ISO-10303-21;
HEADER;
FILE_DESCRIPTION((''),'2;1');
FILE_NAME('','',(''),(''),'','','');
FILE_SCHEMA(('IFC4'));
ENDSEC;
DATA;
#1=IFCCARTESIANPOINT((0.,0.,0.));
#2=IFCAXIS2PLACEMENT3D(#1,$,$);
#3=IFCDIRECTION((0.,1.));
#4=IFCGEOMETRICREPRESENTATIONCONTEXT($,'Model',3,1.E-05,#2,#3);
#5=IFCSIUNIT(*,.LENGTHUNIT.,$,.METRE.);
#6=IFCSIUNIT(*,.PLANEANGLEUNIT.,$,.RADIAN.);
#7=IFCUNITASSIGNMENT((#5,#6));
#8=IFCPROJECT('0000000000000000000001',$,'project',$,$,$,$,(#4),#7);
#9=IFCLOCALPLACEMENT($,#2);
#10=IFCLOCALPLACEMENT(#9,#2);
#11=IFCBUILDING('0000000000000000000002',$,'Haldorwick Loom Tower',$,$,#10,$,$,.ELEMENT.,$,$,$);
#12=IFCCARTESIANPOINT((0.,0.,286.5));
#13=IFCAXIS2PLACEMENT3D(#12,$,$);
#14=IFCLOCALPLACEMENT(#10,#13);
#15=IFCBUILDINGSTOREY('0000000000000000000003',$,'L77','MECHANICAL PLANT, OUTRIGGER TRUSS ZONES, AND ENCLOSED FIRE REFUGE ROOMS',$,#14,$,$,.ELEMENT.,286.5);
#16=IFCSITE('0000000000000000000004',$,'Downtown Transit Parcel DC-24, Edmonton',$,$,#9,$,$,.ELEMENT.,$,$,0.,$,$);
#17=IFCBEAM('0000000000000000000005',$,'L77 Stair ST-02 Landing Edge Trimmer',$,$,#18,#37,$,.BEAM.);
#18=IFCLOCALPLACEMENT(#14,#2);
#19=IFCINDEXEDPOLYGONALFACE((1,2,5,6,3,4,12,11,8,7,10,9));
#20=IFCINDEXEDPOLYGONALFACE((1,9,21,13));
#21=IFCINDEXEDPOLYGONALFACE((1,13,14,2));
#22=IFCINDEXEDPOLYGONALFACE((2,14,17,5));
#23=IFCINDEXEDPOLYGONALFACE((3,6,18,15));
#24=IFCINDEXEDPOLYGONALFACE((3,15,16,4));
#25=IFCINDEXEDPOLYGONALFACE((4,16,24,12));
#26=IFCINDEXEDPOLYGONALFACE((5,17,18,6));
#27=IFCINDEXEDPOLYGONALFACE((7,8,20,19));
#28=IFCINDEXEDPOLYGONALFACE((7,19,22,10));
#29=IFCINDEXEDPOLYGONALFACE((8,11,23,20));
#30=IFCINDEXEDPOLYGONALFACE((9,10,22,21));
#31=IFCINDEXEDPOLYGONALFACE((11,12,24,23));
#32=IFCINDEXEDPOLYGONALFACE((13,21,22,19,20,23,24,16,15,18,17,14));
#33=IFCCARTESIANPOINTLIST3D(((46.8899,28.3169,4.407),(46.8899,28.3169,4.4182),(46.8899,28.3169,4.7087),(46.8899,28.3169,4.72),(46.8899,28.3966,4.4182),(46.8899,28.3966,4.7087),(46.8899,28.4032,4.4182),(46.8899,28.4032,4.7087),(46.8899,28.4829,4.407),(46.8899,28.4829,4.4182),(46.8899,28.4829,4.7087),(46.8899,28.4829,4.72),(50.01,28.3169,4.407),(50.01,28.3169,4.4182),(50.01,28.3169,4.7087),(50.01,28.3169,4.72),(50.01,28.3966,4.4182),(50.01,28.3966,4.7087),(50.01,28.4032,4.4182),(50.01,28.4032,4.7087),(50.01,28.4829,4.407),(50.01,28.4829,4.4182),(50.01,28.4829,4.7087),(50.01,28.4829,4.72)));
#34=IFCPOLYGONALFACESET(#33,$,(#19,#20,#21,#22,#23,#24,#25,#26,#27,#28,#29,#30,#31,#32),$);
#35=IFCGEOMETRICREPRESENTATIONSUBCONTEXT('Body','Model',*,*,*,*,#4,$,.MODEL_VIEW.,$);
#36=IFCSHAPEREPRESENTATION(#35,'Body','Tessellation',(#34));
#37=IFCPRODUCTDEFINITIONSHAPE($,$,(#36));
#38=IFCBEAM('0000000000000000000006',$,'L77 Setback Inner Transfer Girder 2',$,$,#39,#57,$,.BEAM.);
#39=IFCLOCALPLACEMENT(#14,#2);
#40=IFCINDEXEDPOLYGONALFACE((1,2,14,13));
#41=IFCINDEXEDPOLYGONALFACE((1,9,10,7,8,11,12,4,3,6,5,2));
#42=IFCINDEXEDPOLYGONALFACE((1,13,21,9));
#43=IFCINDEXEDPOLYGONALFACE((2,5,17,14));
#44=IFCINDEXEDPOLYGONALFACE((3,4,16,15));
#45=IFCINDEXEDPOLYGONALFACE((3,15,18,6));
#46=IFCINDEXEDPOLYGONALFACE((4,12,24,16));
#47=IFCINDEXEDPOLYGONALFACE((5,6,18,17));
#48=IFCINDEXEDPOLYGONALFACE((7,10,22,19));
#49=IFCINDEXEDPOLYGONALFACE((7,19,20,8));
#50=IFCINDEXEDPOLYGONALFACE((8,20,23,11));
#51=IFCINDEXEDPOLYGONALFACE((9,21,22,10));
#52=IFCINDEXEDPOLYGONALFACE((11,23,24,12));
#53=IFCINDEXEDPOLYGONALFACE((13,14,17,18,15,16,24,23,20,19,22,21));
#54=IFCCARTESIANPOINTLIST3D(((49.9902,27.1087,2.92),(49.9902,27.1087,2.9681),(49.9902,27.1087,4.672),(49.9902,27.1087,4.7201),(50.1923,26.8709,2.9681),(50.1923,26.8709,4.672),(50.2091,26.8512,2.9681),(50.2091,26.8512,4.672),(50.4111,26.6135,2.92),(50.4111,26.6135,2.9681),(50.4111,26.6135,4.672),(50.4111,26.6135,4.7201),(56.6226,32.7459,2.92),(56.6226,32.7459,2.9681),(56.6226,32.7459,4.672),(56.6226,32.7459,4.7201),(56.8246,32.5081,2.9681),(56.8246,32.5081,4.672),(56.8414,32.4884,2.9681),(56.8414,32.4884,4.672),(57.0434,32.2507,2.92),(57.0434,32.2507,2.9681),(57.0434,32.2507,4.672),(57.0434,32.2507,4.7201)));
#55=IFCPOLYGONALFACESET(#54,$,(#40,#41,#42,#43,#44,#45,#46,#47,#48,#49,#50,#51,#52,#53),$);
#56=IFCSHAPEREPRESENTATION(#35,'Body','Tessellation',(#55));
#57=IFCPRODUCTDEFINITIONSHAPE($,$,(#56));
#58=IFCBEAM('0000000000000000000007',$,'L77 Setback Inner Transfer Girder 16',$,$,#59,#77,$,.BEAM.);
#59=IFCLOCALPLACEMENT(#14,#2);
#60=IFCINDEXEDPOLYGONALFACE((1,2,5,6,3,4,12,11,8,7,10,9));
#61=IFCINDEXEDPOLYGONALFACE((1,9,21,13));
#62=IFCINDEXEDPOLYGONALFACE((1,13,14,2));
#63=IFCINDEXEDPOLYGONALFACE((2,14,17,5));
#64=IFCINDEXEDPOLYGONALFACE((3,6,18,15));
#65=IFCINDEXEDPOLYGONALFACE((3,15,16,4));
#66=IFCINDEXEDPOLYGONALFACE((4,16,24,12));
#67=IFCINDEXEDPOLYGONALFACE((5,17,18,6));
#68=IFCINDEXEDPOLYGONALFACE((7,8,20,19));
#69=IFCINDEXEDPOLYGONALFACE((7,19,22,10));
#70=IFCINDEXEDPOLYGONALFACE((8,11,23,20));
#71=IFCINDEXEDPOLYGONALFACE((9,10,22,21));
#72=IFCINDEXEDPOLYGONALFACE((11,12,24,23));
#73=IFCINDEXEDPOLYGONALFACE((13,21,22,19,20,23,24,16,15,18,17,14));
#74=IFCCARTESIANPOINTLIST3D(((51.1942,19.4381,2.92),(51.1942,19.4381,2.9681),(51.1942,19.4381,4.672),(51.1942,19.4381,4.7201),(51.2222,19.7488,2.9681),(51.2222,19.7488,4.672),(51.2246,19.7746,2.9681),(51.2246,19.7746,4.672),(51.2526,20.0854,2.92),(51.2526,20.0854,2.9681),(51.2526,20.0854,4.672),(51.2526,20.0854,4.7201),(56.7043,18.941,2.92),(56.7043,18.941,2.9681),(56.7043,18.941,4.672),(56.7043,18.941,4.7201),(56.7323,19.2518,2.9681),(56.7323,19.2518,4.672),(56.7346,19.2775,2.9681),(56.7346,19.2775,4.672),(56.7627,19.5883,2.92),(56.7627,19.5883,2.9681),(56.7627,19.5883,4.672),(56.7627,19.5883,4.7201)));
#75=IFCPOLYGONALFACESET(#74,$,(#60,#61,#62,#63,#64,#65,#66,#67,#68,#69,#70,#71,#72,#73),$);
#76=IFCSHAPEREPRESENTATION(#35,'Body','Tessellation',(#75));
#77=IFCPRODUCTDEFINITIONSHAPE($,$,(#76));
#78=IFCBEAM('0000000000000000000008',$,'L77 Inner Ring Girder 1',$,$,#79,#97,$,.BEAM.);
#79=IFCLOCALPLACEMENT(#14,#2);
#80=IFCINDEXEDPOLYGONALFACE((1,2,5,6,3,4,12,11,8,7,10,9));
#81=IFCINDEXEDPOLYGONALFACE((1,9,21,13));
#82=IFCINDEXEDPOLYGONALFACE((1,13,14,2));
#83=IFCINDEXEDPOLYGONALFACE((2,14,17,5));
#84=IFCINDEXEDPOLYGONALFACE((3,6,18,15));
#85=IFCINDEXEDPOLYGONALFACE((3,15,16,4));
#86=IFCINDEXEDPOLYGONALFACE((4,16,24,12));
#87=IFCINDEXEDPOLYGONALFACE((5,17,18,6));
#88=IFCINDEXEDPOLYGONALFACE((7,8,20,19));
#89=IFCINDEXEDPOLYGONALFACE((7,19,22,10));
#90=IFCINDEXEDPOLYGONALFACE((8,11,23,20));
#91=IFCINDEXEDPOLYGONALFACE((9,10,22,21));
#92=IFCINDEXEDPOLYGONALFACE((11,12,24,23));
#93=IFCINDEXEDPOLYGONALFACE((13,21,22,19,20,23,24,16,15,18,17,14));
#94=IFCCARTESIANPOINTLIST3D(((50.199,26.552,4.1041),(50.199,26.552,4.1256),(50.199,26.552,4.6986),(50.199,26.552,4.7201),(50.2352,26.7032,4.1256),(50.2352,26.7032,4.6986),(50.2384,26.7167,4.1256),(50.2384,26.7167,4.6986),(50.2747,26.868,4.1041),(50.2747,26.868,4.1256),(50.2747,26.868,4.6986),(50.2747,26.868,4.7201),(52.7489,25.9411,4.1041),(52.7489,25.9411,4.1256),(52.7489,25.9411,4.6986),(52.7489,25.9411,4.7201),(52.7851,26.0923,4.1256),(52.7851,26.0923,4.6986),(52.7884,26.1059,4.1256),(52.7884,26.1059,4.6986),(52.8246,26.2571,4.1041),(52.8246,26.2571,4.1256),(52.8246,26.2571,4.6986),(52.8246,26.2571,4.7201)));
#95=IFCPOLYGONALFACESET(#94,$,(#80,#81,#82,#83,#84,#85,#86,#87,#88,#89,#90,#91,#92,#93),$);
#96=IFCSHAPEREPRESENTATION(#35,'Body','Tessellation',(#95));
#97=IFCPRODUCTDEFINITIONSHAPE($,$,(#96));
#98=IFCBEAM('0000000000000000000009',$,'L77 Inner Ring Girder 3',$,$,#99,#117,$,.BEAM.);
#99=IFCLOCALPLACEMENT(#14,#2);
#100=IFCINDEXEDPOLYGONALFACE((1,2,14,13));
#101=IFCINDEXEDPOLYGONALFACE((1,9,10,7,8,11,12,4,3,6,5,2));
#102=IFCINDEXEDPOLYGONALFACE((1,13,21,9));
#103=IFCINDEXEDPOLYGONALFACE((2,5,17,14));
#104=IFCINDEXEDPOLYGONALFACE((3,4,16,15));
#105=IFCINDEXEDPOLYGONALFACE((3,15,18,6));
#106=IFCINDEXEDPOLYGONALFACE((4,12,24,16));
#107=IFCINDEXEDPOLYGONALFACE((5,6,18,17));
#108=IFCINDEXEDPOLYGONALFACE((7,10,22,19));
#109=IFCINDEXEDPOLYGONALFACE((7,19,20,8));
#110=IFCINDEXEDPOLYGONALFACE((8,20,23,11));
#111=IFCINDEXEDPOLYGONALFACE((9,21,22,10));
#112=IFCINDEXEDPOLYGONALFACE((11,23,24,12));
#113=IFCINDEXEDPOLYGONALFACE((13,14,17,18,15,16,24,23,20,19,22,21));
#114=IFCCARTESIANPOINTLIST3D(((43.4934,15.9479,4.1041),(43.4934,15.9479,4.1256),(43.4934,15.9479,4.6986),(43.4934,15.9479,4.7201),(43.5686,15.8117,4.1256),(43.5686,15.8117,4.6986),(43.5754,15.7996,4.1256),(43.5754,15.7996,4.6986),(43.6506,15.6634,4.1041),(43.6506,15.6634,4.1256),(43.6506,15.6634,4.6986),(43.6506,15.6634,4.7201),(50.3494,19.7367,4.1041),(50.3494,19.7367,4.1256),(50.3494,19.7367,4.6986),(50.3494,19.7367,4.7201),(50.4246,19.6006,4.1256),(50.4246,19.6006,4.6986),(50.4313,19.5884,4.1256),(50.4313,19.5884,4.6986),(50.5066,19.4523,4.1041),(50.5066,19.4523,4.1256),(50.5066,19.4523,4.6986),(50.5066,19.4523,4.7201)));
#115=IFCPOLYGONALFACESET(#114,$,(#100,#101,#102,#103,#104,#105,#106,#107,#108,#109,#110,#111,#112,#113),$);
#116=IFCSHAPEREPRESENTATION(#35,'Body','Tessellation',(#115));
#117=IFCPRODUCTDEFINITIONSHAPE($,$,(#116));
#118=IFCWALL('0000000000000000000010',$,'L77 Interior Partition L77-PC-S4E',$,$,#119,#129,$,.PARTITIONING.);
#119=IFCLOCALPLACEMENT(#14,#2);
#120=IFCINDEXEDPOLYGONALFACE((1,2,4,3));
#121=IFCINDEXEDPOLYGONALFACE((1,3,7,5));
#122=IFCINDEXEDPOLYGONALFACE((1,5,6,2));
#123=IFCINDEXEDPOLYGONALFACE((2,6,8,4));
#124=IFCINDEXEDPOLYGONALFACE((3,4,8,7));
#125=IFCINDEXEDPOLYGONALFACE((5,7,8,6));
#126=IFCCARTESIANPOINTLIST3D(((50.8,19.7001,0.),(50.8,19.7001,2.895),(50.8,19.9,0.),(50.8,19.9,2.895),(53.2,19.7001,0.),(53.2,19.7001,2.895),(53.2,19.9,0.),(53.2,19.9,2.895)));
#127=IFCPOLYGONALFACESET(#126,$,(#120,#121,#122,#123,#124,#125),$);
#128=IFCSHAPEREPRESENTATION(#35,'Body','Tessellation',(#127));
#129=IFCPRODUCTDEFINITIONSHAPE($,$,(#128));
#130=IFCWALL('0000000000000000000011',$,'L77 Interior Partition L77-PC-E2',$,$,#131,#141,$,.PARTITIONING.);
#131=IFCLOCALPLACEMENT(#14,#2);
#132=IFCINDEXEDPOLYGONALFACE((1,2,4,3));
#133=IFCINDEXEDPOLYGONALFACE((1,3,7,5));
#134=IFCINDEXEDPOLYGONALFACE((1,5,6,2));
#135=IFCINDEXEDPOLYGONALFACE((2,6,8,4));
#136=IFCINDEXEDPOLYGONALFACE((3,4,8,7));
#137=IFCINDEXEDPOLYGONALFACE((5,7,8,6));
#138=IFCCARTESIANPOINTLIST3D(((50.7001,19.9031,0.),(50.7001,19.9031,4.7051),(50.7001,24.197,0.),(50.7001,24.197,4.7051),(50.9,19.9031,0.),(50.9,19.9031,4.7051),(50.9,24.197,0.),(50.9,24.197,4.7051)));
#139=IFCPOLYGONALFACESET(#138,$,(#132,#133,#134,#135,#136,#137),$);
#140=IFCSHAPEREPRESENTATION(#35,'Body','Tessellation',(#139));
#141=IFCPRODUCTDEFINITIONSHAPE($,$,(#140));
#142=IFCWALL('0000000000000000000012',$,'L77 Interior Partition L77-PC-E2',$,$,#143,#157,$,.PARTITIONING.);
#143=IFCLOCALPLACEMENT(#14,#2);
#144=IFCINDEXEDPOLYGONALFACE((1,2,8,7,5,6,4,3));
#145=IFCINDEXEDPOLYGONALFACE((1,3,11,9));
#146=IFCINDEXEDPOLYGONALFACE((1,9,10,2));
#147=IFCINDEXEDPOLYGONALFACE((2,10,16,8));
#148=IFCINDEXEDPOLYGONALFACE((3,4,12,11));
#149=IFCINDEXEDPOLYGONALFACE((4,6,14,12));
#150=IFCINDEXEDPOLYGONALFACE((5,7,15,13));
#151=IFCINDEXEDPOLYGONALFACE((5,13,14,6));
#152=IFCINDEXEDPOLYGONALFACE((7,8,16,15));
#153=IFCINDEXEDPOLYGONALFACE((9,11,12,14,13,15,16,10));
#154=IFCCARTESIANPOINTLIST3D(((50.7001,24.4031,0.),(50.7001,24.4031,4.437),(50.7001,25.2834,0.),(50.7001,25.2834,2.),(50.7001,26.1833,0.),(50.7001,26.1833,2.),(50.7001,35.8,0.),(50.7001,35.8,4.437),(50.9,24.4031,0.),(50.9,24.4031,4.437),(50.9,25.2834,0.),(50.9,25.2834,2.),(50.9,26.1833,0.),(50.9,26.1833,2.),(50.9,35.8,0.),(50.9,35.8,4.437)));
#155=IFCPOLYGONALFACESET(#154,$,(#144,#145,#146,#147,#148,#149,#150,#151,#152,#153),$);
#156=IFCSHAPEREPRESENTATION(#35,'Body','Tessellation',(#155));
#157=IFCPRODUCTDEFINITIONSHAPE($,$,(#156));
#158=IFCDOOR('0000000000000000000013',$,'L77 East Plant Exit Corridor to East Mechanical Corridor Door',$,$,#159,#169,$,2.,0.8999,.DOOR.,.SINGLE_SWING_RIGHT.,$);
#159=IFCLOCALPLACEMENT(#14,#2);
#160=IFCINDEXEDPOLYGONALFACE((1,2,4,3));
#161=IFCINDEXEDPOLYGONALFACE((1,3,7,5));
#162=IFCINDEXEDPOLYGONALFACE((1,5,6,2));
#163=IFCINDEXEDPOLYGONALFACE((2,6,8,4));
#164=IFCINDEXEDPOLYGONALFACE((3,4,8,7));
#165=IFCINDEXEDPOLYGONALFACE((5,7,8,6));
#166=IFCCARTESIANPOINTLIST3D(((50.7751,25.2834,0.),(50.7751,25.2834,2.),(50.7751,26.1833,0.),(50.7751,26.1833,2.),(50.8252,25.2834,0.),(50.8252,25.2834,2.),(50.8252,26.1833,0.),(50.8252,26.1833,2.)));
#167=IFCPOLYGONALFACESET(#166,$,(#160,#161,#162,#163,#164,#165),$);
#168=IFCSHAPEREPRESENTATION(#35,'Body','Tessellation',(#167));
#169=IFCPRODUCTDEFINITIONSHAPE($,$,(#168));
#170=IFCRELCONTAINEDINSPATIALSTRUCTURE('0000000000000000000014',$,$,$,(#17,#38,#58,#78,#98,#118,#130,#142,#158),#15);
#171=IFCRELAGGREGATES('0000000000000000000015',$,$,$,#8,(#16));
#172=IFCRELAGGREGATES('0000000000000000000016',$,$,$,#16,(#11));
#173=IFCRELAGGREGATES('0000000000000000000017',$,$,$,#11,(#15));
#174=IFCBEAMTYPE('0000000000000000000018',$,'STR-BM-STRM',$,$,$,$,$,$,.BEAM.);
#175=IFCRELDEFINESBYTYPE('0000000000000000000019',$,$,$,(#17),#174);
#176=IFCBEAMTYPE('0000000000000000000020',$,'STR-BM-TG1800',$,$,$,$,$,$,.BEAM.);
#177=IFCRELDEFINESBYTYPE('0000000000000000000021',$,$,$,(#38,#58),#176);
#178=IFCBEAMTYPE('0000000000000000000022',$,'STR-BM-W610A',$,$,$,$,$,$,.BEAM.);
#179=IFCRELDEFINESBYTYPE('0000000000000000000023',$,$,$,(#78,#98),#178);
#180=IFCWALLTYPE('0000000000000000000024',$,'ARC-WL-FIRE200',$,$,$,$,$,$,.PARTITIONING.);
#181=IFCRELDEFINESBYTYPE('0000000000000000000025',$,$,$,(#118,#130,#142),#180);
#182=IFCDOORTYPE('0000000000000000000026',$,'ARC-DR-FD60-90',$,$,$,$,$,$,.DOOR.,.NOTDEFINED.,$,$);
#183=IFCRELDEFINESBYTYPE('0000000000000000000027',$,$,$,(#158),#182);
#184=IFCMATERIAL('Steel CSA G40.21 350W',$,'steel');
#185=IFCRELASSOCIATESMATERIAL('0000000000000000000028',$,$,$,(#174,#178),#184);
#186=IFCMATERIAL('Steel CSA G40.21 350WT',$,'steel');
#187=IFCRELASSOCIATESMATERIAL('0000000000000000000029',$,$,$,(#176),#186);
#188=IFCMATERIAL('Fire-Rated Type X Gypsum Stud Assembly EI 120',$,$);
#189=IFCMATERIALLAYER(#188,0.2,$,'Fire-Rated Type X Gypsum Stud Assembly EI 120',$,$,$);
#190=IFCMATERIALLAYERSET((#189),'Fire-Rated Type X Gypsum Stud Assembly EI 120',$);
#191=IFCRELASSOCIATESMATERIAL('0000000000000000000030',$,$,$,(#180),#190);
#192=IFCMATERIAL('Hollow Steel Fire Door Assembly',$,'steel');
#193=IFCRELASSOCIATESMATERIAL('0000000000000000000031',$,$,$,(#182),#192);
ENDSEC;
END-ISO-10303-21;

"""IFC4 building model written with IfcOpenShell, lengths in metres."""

from ifc_helpers import new_model, si_unit, direction, frame, frame_2d, origin, origin_2d, place, context, subcontext, project, spatial, rectangle, i_section, extrude, material, layer, layer_set, material_profile, profile_set, type_object, element, fill, save


model = new_model("IFC4")

# Units and contexts
model_context = context("Model", 3, precision=1e-05, world=origin(), true_north=direction((0.0, 1.0)))
body_context = subcontext(model_context, "Body", "Model", "MODEL_VIEW")
ifc_project = project(units=[si_unit("LENGTHUNIT", "METRE"), si_unit("PLANEANGLEUNIT", "RADIAN")], contexts=[model_context])

# Site, building, storey
site_placement = place(None, origin())
site = spatial("IfcSite", under=ifc_project, at=site_placement, Name="Downtown Transit Parcel DC-24, Edmonton", CompositionType="ELEMENT", RefElevation=0.0)
building_placement = place(site_placement, origin())
building = spatial("IfcBuilding", under=site, at=building_placement, Name="Haldorwick Loom Tower", CompositionType="ELEMENT")
storey_placement = place(building_placement, frame((0.0, 0.0, 286.5)))
storey = spatial("IfcBuildingStorey", under=building, at=storey_placement, Name="L77", Description="MECHANICAL PLANT, OUTRIGGER TRUSS ZONES, AND ENCLOSED FIRE REFUGE ROOMS", CompositionType="ELEMENT", Elevation=286.5)

# Shared definitions
ifc_material_1 = material(Name="Steel CSA G40.21 350W", Category="steel")

# Beams
ifc_material_profile_1 = material_profile(ifc_material_1, i_section(OverallWidth=0.166, OverallDepth=0.313, WebThickness=0.0066, FlangeThickness=0.0112, at=origin_2d()), Name="W310X45", Category="steel")
ifc_profile_set_1 = profile_set([ifc_material_profile_1], Name="Steel CSA G40.21 350W")
beam_type_1 = type_object("IfcBeamType", Name="STR-BM-STRM", PredefinedType="BEAM", material=ifc_profile_set_1)
beam_1_placement = place(storey_placement, frame((46.8899, 28.3999, 4.5635), z_axis=(1.0, 0.0, 0.0), x_axis=(0.0, 1.0, 0.0)))
element("IfcBeam", 1, at=beam_1_placement, inside=storey, type_object=beam_type_1, Name="L77 Stair ST-02 Landing Edge Trimmer", PredefinedType="BEAM", context=body_context, shape_type="SweptSolid", body=[
    extrude(i_section(OverallWidth=0.166, OverallDepth=0.313, WebThickness=0.0066, FlangeThickness=0.0112, at=origin_2d()), origin(), (0.0, 0.0, 1.0), 3.1201),
])
ifc_material_2 = material(Name="Steel CSA G40.21 350WT", Category="steel")
ifc_material_profile_2 = material_profile(ifc_material_2, i_section(OverallWidth=0.6499, OverallDepth=1.8, WebThickness=0.0259, FlangeThickness=0.0481, at=origin_2d()), Name="WWF1800X650", Category="steel")
ifc_profile_set_2 = profile_set([ifc_material_profile_2], Name="Steel CSA G40.21 350WT")
beam_type_2 = type_object("IfcBeamType", Name="STR-BM-TG1800", PredefinedType="BEAM", material=ifc_profile_set_2)
beam_2_placement = place(storey_placement, frame((50.2007, 26.8611, 3.8201), z_axis=(0.761955, 0.647631, 0.0), x_axis=(-0.647631, 0.761955, 0.0)))
element("IfcBeam", 2, at=beam_2_placement, inside=storey, type_object=beam_type_2, Name="L77 Setback Inner Transfer Girder 2", PredefinedType="BEAM", context=body_context, shape_type="SweptSolid", body=[
    extrude(i_section(OverallWidth=0.6499, OverallDepth=1.8, WebThickness=0.0259, FlangeThickness=0.0481, at=origin_2d()), origin(), (0.0, 0.0, 1.0), 8.7043),
])
beam_3_placement = place(storey_placement, frame((51.2234, 19.7617, 3.8201), z_axis=(0.995956, -0.089847, 0.0), x_axis=(0.089847, 0.995956, 0.0)))
element("IfcBeam", 3, at=beam_3_placement, inside=storey, type_object=beam_type_2, Name="L77 Setback Inner Transfer Girder 16", PredefinedType="BEAM", context=body_context, shape_type="SweptSolid", body=[
    extrude(i_section(OverallWidth=0.6499, OverallDepth=1.8, WebThickness=0.0259, FlangeThickness=0.0481, at=origin_2d()), origin(), (0.0, 0.0, 1.0), 5.5325),
])
ifc_material_profile_3 = material_profile(ifc_material_1, i_section(OverallWidth=0.325, OverallDepth=0.616, WebThickness=0.0139, FlangeThickness=0.0215, at=origin_2d()), Name="W610X174", Category="steel")
ifc_profile_set_3 = profile_set([ifc_material_profile_3], Name="Steel CSA G40.21 350W")
beam_type_3 = type_object("IfcBeamType", Name="STR-BM-W610A", PredefinedType="BEAM", material=ifc_profile_set_3)
beam_4_placement = place(storey_placement, frame((50.2368, 26.71, 4.4121), z_axis=(0.972484, -0.232971, 0.0), x_axis=(0.232971, 0.972484, 0.0)))
element("IfcBeam", 4, at=beam_4_placement, inside=storey, type_object=beam_type_3, Name="L77 Inner Ring Girder 1", PredefinedType="BEAM", context=body_context, shape_type="SweptSolid", body=[
    extrude(i_section(OverallWidth=0.325, OverallDepth=0.616, WebThickness=0.0139, FlangeThickness=0.0215, at=origin_2d()), origin(), (0.0, 0.0, 1.0), 2.6221),
])
beam_5_placement = place(storey_placement, frame((50.428, 19.5945, 4.4121), z_axis=(-0.875242, -0.483686, 0.0), x_axis=(0.483686, -0.875242, 0.0)))
element("IfcBeam", 5, at=beam_5_placement, inside=storey, type_object=beam_type_3, Name="L77 Inner Ring Girder 3", PredefinedType="BEAM", context=body_context, shape_type="SweptSolid", body=[
    extrude(i_section(OverallWidth=0.325, OverallDepth=0.616, WebThickness=0.0139, FlangeThickness=0.0215, at=origin_2d()), origin(), (0.0, 0.0, 1.0), 7.8333),
])

# Walls
ifc_material_3 = material(Name="Fire-Rated Type X Gypsum Stud Assembly EI 120")
ifc_layer_1 = layer(ifc_material_3, 0.2, Name="Fire-Rated Type X Gypsum Stud Assembly EI 120")
ifc_layer_set_1 = layer_set([ifc_layer_1], Name="Fire-Rated Type X Gypsum Stud Assembly EI 120")
wall_type_1 = type_object("IfcWallType", Name="ARC-WL-FIRE200", PredefinedType="PARTITIONING", material=ifc_layer_set_1)
wall_1_placement = place(storey_placement, frame((50.8, 19.8, 0.0), z_axis=(0.0, 0.0, 1.0), x_axis=(1.0, 0.0, 0.0)))
element("IfcWall", 6, at=wall_1_placement, inside=storey, type_object=wall_type_1, Name="L77 Interior Partition L77-PC-S4E", PredefinedType="PARTITIONING", context=body_context, shape_type="SweptSolid", body=[
    extrude(rectangle(XDim=2.3999, YDim=0.2, at=frame_2d((1.2, 0.0))), origin(), (0.0, 0.0, 1.0), 2.895),
])
wall_2_placement = place(storey_placement, frame((50.8, 19.9031, 0.0), z_axis=(0.0, 0.0, 1.0), x_axis=(0.0, 1.0, 0.0)))
element("IfcWall", 7, at=wall_2_placement, inside=storey, type_object=wall_type_1, Name="L77 Interior Partition L77-PC-E2", PredefinedType="PARTITIONING", context=body_context, shape_type="SweptSolid", body=[
    extrude(rectangle(XDim=4.2939, YDim=0.2, at=frame_2d((2.147, 0.0))), origin(), (0.0, 0.0, 1.0), 4.7051),
])

# Wall, opening, door
wall_3_placement = place(storey_placement, frame((50.8, 24.4031, 0.0), z_axis=(0.0, 0.0, 1.0), x_axis=(0.0, 1.0, 0.0)))
wall_3 = element("IfcWall", 8, at=wall_3_placement, inside=storey, type_object=wall_type_1, Name="L77 Interior Partition L77-PC-E2", PredefinedType="PARTITIONING", context=body_context, shape_type="SweptSolid", body=[
    extrude(rectangle(XDim=11.397, YDim=0.2, at=frame_2d((5.6985, 0.0))), origin(), (0.0, 0.0, 1.0), 4.437),
])
opening_placement = place(wall_3_placement, frame((0.8804, 0.0, 0.0)))
opening = element("IfcOpeningElement", 9, at=opening_placement, cuts=wall_3, PredefinedType="OPENING", context=body_context, shape_type="SweptSolid", body=[
    extrude(rectangle(XDim=0.8999, YDim=2.0, at=frame_2d((0.45, 1.0))), frame((0.0, 0.1099, 0.0), z_axis=(0.0, -1.0, 0.0), x_axis=(1.0, 0.0, 0.0)), (0.0, 0.0, 1.0), 0.22),
])
ifc_material_4 = material(Name="Hollow Steel Fire Door Assembly", Category="steel")
door_type = type_object("IfcDoorType", Name="ARC-DR-FD60-90", OperationType="NOTDEFINED", PredefinedType="DOOR", material=ifc_material_4)
door_placement = place(opening_placement, origin())
door = element("IfcDoor", 10, at=door_placement, inside=storey, type_object=door_type, Name="L77 East Plant Exit Corridor to East Mechanical Corridor Door", OperationType="SINGLE_SWING_RIGHT", OverallHeight=2.0, OverallWidth=0.8999, PredefinedType="DOOR", context=body_context, shape_type="SweptSolid", body=[
    extrude(rectangle(XDim=0.8999, YDim=2.0, at=frame_2d((0.45, 1.0))), frame((0.0, 0.0249, 0.0), z_axis=(0.0, -1.0, 0.0), x_axis=(1.0, 0.0, 0.0)), (0.0, 0.0, 1.0), 0.05),
])
fill(opening, door)

save(model, "model.ifc")
